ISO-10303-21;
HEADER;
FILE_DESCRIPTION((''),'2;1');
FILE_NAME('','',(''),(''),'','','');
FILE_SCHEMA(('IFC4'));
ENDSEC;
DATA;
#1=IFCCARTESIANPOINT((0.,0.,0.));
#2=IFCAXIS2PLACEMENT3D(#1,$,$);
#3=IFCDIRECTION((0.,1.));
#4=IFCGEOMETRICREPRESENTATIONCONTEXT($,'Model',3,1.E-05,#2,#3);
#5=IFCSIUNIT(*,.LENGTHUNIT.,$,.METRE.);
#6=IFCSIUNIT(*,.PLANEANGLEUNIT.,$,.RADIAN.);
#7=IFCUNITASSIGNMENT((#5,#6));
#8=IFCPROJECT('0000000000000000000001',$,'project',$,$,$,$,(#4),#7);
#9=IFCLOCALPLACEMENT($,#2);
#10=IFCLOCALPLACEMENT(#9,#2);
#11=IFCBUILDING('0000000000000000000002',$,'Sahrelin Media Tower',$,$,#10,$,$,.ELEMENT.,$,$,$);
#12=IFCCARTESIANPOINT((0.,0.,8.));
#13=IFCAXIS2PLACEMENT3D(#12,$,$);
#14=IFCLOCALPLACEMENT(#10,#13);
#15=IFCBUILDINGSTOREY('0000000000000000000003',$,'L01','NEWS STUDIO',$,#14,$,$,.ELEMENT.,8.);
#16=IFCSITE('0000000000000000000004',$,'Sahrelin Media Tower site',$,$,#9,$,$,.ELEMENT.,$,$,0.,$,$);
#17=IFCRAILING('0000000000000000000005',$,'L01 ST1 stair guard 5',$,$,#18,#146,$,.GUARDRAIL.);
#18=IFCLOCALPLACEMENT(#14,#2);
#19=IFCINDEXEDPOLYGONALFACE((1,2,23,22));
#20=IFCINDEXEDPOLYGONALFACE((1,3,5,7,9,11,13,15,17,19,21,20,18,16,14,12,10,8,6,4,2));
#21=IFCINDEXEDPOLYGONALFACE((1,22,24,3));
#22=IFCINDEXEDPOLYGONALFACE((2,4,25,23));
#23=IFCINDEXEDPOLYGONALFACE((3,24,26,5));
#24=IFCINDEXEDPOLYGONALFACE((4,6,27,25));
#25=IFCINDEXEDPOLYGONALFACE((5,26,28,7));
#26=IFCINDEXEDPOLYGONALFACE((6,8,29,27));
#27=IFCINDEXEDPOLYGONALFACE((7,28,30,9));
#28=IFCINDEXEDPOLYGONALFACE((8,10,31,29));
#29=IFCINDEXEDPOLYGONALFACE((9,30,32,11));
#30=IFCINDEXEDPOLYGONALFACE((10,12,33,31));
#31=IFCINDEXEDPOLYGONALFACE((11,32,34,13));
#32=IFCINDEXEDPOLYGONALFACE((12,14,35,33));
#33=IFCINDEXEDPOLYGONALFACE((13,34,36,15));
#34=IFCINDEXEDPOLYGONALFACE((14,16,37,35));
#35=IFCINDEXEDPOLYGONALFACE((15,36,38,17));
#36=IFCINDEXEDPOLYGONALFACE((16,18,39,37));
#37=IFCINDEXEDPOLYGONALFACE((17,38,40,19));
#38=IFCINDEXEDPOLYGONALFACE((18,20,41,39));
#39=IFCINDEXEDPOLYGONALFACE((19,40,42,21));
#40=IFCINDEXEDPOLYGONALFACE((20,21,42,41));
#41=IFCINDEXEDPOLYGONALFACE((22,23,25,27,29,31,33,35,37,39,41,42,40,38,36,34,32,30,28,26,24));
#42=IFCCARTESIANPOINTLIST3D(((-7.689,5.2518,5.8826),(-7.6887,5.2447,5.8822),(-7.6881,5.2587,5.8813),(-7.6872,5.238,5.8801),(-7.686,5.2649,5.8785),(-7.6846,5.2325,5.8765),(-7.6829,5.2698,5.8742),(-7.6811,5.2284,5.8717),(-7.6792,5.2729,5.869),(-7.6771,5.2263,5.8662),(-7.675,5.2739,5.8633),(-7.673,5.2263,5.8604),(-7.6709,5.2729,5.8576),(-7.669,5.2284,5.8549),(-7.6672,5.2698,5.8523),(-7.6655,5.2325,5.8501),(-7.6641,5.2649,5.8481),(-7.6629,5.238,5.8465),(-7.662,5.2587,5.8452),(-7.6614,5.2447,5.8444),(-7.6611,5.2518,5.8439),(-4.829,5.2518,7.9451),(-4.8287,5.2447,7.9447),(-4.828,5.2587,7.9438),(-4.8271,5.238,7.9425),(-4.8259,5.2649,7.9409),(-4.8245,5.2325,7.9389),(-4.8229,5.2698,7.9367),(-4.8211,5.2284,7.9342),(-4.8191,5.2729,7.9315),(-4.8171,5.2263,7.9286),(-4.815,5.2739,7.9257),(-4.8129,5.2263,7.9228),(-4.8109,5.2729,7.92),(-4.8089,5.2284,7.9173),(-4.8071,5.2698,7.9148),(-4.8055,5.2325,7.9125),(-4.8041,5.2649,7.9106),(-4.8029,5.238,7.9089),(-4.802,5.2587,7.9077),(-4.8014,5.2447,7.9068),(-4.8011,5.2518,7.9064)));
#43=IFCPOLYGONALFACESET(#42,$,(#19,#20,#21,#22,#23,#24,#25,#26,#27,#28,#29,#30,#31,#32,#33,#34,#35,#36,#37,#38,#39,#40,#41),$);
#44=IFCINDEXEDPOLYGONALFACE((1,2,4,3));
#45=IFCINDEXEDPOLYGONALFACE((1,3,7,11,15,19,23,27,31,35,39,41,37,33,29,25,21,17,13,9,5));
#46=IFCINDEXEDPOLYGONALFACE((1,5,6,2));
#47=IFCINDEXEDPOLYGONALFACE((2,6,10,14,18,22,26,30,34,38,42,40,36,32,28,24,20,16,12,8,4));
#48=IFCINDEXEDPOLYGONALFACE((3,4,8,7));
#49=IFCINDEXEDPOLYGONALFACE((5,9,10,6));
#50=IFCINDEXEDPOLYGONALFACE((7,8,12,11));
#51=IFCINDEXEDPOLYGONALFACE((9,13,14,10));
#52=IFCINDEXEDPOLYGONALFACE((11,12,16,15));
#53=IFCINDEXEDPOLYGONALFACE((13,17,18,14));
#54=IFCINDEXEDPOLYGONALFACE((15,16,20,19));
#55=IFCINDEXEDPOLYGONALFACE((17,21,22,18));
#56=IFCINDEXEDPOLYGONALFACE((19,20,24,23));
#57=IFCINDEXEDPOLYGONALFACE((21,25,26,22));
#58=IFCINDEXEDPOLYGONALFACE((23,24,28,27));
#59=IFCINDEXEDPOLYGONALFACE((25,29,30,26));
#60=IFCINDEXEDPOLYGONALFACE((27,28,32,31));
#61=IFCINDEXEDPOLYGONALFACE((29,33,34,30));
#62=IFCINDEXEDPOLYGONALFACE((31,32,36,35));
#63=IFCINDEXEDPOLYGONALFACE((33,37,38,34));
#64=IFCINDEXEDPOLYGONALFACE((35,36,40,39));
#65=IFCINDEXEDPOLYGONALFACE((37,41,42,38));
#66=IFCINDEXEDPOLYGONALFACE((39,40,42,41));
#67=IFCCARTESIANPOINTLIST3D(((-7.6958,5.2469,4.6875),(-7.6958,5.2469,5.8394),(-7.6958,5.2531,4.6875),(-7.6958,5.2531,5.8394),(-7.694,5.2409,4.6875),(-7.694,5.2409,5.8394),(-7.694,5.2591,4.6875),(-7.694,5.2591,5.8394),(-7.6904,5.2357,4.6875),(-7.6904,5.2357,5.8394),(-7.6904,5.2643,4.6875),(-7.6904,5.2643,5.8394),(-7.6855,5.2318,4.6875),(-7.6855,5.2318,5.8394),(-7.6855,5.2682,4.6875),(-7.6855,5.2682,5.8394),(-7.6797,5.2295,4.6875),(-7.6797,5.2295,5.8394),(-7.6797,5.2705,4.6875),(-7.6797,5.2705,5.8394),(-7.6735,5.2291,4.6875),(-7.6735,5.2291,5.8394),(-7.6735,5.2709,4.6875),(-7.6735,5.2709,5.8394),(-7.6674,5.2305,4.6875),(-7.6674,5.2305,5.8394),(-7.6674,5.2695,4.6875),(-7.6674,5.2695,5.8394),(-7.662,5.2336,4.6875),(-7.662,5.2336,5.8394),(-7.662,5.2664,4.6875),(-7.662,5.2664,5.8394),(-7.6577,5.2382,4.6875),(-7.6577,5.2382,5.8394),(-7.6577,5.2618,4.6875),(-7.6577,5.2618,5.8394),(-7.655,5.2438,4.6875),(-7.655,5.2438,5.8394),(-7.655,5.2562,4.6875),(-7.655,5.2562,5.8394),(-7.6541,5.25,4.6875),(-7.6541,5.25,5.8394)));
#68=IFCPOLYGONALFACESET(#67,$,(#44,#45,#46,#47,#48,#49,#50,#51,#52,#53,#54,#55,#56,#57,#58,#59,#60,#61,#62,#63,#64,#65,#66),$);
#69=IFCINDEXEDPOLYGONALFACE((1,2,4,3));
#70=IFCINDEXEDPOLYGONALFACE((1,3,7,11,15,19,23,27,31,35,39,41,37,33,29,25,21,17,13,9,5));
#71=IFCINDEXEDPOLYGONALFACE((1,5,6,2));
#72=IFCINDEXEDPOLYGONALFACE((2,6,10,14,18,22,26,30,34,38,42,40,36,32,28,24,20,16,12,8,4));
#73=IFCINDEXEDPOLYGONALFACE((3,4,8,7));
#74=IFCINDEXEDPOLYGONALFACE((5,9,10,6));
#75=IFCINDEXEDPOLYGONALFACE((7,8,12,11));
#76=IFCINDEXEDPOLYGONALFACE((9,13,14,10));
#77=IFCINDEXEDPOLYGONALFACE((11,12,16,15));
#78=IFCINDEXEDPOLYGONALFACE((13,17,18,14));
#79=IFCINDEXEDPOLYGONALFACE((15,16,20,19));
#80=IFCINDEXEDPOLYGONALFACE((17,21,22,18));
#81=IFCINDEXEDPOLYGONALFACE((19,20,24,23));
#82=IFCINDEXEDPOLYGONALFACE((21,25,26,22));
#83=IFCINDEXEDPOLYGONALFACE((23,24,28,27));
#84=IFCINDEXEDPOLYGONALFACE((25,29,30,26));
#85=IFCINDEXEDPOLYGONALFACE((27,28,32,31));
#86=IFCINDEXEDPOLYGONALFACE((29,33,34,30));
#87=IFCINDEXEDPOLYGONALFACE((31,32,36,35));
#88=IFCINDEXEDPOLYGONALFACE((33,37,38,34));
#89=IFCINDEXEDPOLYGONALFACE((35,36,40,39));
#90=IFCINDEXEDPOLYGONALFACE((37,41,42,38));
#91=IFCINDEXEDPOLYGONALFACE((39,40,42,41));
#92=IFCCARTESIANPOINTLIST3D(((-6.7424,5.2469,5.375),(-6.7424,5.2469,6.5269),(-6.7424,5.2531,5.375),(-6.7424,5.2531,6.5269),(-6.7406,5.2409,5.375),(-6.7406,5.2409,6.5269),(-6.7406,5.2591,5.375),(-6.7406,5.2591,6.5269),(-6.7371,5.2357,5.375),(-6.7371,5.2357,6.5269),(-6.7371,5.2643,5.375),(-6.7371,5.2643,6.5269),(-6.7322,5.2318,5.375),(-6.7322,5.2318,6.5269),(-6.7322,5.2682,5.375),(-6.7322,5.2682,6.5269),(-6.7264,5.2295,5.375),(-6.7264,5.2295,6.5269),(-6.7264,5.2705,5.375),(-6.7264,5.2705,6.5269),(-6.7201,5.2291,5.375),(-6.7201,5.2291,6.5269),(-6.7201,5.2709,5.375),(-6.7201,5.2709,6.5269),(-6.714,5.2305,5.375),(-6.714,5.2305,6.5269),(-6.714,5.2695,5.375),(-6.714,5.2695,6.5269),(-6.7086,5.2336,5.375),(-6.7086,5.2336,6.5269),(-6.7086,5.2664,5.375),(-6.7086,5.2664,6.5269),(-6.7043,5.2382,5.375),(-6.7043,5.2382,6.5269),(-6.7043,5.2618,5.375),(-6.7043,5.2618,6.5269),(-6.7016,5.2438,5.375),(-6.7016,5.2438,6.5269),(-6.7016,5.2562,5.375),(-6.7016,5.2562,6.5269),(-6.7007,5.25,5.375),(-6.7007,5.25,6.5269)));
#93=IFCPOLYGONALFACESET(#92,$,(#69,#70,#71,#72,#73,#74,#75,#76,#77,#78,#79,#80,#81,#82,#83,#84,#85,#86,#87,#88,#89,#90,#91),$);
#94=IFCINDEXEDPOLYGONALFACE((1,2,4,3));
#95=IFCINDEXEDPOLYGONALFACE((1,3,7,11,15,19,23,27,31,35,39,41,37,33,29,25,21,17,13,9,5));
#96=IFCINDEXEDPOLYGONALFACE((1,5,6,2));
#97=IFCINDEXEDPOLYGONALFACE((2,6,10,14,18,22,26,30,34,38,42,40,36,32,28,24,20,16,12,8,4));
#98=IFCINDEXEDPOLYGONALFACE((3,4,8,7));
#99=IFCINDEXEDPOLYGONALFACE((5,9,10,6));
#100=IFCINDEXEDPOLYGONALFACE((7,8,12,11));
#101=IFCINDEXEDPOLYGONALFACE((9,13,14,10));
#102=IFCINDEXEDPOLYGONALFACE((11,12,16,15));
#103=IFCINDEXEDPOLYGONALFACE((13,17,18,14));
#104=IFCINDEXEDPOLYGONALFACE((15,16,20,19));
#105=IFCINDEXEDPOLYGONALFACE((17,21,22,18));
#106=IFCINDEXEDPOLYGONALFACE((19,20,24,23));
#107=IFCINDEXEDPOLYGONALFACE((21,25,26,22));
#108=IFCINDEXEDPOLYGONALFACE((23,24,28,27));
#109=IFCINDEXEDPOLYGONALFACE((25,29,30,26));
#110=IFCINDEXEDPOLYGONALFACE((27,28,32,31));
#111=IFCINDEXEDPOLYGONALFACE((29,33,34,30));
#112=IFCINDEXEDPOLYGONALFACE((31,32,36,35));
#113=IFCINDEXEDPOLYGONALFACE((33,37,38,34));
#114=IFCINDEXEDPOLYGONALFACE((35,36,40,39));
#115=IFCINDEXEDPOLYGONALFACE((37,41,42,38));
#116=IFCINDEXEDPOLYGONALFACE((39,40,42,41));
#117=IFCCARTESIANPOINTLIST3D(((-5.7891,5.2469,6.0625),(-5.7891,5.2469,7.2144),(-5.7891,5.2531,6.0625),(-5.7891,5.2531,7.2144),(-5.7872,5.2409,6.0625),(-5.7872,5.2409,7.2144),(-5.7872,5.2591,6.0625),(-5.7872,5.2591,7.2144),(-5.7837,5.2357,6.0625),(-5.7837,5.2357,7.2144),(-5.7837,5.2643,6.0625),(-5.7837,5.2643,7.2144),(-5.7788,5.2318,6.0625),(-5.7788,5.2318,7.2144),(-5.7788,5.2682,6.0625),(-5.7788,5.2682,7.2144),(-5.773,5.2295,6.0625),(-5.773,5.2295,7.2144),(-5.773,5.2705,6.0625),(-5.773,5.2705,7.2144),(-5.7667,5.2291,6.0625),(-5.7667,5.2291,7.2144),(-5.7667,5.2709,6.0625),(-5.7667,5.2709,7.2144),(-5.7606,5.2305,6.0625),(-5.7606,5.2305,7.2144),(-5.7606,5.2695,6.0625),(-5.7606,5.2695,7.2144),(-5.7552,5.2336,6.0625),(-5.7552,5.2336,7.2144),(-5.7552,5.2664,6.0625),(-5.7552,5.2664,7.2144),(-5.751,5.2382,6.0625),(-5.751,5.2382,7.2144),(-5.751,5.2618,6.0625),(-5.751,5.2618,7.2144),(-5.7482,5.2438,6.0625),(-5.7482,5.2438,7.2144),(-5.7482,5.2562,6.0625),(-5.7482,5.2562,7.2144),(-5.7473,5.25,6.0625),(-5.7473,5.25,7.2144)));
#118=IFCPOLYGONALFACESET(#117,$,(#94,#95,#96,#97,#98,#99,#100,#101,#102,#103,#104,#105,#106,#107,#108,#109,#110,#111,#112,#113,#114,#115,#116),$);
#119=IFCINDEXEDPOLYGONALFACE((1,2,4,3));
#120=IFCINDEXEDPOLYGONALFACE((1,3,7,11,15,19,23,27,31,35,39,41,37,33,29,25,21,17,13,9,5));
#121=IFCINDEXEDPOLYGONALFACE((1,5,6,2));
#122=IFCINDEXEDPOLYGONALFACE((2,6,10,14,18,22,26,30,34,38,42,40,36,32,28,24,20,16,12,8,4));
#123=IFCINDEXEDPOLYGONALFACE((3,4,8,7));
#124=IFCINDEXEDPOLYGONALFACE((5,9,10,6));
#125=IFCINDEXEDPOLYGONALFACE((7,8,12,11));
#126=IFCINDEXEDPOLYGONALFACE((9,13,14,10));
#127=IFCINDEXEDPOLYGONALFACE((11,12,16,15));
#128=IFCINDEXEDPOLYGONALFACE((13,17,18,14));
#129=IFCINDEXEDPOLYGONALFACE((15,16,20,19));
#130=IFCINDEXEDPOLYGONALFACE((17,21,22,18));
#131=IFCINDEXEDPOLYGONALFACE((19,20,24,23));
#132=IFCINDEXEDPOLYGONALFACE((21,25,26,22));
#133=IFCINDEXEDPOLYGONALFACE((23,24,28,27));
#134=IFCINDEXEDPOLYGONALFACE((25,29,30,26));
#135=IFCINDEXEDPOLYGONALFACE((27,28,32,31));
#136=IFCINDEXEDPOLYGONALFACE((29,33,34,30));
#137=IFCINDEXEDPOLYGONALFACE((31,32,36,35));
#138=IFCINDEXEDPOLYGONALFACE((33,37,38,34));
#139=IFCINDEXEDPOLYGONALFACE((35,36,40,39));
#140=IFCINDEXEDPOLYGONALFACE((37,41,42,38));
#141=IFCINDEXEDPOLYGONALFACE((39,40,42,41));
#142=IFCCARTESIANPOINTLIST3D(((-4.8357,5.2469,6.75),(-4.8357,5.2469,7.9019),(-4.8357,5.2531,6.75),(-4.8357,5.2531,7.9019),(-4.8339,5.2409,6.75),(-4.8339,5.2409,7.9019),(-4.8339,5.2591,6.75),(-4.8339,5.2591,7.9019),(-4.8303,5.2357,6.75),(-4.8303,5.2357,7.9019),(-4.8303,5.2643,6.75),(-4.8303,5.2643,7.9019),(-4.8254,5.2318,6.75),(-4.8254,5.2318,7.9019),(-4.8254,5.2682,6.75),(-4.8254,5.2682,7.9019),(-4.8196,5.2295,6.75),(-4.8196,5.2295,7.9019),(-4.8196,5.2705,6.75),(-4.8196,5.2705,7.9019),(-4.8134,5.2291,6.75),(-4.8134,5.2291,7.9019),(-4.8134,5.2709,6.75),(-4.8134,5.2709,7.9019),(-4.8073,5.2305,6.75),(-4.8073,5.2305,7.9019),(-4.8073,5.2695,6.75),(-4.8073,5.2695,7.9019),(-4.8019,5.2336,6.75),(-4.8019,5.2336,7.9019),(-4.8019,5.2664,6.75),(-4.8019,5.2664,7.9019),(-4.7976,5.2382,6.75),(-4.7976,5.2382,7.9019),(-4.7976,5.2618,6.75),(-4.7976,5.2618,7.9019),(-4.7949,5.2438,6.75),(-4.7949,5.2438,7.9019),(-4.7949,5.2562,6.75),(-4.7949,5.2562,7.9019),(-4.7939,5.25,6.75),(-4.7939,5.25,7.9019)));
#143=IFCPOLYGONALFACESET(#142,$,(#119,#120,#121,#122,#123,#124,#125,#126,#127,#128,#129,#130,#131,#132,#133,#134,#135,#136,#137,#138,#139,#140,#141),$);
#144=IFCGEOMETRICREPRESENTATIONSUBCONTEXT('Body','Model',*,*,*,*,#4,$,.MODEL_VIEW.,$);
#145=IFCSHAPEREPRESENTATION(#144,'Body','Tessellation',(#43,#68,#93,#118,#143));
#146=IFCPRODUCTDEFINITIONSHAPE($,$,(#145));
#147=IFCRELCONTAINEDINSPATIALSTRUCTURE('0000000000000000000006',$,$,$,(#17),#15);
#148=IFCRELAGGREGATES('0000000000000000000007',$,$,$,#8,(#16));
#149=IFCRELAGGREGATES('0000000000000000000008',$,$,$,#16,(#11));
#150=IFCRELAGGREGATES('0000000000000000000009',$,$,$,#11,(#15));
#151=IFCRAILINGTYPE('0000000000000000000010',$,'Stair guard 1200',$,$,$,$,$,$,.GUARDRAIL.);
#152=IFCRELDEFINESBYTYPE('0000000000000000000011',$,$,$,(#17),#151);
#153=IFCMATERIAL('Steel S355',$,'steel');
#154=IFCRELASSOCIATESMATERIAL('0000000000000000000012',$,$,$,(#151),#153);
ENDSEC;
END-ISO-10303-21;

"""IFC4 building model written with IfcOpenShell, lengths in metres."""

from ifc_helpers import new_model, si_unit, direction, frame, origin, origin_2d, place, context, subcontext, project, spatial, circle, extrude, material, type_object, element, save


model = new_model("IFC4")

# Units and contexts
model_context = context("Model", 3, precision=1e-05, world=origin(), true_north=direction((0.0, 1.0)))
body_context = subcontext(model_context, "Body", "Model", "MODEL_VIEW")
ifc_project = project(units=[si_unit("LENGTHUNIT", "METRE"), si_unit("PLANEANGLEUNIT", "RADIAN")], contexts=[model_context])

# Site, building, storey
site_placement = place(None, origin())
site = spatial("IfcSite", under=ifc_project, at=site_placement, Name="Sahrelin Media Tower site", CompositionType="ELEMENT", RefElevation=0.0)
building_placement = place(site_placement, origin())
building = spatial("IfcBuilding", under=site, at=building_placement, Name="Sahrelin Media Tower", CompositionType="ELEMENT")
storey_placement = place(building_placement, frame((0.0, 0.0, 8.0)))
storey = spatial("IfcBuildingStorey", under=building, at=storey_placement, Name="L01", Description="NEWS STUDIO", CompositionType="ELEMENT", Elevation=8.0)

# Railing
ifc_material_1 = material(Name="Steel S355", Category="steel")
railing_type_1 = type_object("IfcRailingType", Name="Stair guard 1200", PredefinedType="GUARDRAIL", material=ifc_material_1)
railing_1_placement = place(storey_placement, frame((-7.675, 5.25, 4.6875)))
element("IfcRailing", 1, at=railing_1_placement, inside=storey, type_object=railing_type_1, Name="L01 ST1 stair guard 5", PredefinedType="GUARDRAIL", context=body_context, shape_type="SweptSolid", body=[
    extrude(circle(Radius=0.0239, at=origin_2d()), frame((0.0, 0.0, 1.1758), z_axis=(0.811101, 0.0, 0.584906), x_axis=(0.0, 1.0, 0.0)), (0.0, 0.0, 1.0), 3.5261),
    extrude(circle(Radius=0.021, at=origin_2d()), origin(), (0.0, 0.0, 1.0), 1.1519),
    extrude(circle(Radius=0.021, at=origin_2d()), frame((0.9534, 0.0, 0.6875)), (0.0, 0.0, 1.0), 1.1519),
    extrude(circle(Radius=0.021, at=origin_2d()), frame((1.9067, 0.0, 1.375)), (0.0, 0.0, 1.0), 1.1519),
    extrude(circle(Radius=0.021, at=origin_2d()), frame((2.8601, 0.0, 2.0625)), (0.0, 0.0, 1.0), 1.1519),
])

save(model, "model.ifc")
